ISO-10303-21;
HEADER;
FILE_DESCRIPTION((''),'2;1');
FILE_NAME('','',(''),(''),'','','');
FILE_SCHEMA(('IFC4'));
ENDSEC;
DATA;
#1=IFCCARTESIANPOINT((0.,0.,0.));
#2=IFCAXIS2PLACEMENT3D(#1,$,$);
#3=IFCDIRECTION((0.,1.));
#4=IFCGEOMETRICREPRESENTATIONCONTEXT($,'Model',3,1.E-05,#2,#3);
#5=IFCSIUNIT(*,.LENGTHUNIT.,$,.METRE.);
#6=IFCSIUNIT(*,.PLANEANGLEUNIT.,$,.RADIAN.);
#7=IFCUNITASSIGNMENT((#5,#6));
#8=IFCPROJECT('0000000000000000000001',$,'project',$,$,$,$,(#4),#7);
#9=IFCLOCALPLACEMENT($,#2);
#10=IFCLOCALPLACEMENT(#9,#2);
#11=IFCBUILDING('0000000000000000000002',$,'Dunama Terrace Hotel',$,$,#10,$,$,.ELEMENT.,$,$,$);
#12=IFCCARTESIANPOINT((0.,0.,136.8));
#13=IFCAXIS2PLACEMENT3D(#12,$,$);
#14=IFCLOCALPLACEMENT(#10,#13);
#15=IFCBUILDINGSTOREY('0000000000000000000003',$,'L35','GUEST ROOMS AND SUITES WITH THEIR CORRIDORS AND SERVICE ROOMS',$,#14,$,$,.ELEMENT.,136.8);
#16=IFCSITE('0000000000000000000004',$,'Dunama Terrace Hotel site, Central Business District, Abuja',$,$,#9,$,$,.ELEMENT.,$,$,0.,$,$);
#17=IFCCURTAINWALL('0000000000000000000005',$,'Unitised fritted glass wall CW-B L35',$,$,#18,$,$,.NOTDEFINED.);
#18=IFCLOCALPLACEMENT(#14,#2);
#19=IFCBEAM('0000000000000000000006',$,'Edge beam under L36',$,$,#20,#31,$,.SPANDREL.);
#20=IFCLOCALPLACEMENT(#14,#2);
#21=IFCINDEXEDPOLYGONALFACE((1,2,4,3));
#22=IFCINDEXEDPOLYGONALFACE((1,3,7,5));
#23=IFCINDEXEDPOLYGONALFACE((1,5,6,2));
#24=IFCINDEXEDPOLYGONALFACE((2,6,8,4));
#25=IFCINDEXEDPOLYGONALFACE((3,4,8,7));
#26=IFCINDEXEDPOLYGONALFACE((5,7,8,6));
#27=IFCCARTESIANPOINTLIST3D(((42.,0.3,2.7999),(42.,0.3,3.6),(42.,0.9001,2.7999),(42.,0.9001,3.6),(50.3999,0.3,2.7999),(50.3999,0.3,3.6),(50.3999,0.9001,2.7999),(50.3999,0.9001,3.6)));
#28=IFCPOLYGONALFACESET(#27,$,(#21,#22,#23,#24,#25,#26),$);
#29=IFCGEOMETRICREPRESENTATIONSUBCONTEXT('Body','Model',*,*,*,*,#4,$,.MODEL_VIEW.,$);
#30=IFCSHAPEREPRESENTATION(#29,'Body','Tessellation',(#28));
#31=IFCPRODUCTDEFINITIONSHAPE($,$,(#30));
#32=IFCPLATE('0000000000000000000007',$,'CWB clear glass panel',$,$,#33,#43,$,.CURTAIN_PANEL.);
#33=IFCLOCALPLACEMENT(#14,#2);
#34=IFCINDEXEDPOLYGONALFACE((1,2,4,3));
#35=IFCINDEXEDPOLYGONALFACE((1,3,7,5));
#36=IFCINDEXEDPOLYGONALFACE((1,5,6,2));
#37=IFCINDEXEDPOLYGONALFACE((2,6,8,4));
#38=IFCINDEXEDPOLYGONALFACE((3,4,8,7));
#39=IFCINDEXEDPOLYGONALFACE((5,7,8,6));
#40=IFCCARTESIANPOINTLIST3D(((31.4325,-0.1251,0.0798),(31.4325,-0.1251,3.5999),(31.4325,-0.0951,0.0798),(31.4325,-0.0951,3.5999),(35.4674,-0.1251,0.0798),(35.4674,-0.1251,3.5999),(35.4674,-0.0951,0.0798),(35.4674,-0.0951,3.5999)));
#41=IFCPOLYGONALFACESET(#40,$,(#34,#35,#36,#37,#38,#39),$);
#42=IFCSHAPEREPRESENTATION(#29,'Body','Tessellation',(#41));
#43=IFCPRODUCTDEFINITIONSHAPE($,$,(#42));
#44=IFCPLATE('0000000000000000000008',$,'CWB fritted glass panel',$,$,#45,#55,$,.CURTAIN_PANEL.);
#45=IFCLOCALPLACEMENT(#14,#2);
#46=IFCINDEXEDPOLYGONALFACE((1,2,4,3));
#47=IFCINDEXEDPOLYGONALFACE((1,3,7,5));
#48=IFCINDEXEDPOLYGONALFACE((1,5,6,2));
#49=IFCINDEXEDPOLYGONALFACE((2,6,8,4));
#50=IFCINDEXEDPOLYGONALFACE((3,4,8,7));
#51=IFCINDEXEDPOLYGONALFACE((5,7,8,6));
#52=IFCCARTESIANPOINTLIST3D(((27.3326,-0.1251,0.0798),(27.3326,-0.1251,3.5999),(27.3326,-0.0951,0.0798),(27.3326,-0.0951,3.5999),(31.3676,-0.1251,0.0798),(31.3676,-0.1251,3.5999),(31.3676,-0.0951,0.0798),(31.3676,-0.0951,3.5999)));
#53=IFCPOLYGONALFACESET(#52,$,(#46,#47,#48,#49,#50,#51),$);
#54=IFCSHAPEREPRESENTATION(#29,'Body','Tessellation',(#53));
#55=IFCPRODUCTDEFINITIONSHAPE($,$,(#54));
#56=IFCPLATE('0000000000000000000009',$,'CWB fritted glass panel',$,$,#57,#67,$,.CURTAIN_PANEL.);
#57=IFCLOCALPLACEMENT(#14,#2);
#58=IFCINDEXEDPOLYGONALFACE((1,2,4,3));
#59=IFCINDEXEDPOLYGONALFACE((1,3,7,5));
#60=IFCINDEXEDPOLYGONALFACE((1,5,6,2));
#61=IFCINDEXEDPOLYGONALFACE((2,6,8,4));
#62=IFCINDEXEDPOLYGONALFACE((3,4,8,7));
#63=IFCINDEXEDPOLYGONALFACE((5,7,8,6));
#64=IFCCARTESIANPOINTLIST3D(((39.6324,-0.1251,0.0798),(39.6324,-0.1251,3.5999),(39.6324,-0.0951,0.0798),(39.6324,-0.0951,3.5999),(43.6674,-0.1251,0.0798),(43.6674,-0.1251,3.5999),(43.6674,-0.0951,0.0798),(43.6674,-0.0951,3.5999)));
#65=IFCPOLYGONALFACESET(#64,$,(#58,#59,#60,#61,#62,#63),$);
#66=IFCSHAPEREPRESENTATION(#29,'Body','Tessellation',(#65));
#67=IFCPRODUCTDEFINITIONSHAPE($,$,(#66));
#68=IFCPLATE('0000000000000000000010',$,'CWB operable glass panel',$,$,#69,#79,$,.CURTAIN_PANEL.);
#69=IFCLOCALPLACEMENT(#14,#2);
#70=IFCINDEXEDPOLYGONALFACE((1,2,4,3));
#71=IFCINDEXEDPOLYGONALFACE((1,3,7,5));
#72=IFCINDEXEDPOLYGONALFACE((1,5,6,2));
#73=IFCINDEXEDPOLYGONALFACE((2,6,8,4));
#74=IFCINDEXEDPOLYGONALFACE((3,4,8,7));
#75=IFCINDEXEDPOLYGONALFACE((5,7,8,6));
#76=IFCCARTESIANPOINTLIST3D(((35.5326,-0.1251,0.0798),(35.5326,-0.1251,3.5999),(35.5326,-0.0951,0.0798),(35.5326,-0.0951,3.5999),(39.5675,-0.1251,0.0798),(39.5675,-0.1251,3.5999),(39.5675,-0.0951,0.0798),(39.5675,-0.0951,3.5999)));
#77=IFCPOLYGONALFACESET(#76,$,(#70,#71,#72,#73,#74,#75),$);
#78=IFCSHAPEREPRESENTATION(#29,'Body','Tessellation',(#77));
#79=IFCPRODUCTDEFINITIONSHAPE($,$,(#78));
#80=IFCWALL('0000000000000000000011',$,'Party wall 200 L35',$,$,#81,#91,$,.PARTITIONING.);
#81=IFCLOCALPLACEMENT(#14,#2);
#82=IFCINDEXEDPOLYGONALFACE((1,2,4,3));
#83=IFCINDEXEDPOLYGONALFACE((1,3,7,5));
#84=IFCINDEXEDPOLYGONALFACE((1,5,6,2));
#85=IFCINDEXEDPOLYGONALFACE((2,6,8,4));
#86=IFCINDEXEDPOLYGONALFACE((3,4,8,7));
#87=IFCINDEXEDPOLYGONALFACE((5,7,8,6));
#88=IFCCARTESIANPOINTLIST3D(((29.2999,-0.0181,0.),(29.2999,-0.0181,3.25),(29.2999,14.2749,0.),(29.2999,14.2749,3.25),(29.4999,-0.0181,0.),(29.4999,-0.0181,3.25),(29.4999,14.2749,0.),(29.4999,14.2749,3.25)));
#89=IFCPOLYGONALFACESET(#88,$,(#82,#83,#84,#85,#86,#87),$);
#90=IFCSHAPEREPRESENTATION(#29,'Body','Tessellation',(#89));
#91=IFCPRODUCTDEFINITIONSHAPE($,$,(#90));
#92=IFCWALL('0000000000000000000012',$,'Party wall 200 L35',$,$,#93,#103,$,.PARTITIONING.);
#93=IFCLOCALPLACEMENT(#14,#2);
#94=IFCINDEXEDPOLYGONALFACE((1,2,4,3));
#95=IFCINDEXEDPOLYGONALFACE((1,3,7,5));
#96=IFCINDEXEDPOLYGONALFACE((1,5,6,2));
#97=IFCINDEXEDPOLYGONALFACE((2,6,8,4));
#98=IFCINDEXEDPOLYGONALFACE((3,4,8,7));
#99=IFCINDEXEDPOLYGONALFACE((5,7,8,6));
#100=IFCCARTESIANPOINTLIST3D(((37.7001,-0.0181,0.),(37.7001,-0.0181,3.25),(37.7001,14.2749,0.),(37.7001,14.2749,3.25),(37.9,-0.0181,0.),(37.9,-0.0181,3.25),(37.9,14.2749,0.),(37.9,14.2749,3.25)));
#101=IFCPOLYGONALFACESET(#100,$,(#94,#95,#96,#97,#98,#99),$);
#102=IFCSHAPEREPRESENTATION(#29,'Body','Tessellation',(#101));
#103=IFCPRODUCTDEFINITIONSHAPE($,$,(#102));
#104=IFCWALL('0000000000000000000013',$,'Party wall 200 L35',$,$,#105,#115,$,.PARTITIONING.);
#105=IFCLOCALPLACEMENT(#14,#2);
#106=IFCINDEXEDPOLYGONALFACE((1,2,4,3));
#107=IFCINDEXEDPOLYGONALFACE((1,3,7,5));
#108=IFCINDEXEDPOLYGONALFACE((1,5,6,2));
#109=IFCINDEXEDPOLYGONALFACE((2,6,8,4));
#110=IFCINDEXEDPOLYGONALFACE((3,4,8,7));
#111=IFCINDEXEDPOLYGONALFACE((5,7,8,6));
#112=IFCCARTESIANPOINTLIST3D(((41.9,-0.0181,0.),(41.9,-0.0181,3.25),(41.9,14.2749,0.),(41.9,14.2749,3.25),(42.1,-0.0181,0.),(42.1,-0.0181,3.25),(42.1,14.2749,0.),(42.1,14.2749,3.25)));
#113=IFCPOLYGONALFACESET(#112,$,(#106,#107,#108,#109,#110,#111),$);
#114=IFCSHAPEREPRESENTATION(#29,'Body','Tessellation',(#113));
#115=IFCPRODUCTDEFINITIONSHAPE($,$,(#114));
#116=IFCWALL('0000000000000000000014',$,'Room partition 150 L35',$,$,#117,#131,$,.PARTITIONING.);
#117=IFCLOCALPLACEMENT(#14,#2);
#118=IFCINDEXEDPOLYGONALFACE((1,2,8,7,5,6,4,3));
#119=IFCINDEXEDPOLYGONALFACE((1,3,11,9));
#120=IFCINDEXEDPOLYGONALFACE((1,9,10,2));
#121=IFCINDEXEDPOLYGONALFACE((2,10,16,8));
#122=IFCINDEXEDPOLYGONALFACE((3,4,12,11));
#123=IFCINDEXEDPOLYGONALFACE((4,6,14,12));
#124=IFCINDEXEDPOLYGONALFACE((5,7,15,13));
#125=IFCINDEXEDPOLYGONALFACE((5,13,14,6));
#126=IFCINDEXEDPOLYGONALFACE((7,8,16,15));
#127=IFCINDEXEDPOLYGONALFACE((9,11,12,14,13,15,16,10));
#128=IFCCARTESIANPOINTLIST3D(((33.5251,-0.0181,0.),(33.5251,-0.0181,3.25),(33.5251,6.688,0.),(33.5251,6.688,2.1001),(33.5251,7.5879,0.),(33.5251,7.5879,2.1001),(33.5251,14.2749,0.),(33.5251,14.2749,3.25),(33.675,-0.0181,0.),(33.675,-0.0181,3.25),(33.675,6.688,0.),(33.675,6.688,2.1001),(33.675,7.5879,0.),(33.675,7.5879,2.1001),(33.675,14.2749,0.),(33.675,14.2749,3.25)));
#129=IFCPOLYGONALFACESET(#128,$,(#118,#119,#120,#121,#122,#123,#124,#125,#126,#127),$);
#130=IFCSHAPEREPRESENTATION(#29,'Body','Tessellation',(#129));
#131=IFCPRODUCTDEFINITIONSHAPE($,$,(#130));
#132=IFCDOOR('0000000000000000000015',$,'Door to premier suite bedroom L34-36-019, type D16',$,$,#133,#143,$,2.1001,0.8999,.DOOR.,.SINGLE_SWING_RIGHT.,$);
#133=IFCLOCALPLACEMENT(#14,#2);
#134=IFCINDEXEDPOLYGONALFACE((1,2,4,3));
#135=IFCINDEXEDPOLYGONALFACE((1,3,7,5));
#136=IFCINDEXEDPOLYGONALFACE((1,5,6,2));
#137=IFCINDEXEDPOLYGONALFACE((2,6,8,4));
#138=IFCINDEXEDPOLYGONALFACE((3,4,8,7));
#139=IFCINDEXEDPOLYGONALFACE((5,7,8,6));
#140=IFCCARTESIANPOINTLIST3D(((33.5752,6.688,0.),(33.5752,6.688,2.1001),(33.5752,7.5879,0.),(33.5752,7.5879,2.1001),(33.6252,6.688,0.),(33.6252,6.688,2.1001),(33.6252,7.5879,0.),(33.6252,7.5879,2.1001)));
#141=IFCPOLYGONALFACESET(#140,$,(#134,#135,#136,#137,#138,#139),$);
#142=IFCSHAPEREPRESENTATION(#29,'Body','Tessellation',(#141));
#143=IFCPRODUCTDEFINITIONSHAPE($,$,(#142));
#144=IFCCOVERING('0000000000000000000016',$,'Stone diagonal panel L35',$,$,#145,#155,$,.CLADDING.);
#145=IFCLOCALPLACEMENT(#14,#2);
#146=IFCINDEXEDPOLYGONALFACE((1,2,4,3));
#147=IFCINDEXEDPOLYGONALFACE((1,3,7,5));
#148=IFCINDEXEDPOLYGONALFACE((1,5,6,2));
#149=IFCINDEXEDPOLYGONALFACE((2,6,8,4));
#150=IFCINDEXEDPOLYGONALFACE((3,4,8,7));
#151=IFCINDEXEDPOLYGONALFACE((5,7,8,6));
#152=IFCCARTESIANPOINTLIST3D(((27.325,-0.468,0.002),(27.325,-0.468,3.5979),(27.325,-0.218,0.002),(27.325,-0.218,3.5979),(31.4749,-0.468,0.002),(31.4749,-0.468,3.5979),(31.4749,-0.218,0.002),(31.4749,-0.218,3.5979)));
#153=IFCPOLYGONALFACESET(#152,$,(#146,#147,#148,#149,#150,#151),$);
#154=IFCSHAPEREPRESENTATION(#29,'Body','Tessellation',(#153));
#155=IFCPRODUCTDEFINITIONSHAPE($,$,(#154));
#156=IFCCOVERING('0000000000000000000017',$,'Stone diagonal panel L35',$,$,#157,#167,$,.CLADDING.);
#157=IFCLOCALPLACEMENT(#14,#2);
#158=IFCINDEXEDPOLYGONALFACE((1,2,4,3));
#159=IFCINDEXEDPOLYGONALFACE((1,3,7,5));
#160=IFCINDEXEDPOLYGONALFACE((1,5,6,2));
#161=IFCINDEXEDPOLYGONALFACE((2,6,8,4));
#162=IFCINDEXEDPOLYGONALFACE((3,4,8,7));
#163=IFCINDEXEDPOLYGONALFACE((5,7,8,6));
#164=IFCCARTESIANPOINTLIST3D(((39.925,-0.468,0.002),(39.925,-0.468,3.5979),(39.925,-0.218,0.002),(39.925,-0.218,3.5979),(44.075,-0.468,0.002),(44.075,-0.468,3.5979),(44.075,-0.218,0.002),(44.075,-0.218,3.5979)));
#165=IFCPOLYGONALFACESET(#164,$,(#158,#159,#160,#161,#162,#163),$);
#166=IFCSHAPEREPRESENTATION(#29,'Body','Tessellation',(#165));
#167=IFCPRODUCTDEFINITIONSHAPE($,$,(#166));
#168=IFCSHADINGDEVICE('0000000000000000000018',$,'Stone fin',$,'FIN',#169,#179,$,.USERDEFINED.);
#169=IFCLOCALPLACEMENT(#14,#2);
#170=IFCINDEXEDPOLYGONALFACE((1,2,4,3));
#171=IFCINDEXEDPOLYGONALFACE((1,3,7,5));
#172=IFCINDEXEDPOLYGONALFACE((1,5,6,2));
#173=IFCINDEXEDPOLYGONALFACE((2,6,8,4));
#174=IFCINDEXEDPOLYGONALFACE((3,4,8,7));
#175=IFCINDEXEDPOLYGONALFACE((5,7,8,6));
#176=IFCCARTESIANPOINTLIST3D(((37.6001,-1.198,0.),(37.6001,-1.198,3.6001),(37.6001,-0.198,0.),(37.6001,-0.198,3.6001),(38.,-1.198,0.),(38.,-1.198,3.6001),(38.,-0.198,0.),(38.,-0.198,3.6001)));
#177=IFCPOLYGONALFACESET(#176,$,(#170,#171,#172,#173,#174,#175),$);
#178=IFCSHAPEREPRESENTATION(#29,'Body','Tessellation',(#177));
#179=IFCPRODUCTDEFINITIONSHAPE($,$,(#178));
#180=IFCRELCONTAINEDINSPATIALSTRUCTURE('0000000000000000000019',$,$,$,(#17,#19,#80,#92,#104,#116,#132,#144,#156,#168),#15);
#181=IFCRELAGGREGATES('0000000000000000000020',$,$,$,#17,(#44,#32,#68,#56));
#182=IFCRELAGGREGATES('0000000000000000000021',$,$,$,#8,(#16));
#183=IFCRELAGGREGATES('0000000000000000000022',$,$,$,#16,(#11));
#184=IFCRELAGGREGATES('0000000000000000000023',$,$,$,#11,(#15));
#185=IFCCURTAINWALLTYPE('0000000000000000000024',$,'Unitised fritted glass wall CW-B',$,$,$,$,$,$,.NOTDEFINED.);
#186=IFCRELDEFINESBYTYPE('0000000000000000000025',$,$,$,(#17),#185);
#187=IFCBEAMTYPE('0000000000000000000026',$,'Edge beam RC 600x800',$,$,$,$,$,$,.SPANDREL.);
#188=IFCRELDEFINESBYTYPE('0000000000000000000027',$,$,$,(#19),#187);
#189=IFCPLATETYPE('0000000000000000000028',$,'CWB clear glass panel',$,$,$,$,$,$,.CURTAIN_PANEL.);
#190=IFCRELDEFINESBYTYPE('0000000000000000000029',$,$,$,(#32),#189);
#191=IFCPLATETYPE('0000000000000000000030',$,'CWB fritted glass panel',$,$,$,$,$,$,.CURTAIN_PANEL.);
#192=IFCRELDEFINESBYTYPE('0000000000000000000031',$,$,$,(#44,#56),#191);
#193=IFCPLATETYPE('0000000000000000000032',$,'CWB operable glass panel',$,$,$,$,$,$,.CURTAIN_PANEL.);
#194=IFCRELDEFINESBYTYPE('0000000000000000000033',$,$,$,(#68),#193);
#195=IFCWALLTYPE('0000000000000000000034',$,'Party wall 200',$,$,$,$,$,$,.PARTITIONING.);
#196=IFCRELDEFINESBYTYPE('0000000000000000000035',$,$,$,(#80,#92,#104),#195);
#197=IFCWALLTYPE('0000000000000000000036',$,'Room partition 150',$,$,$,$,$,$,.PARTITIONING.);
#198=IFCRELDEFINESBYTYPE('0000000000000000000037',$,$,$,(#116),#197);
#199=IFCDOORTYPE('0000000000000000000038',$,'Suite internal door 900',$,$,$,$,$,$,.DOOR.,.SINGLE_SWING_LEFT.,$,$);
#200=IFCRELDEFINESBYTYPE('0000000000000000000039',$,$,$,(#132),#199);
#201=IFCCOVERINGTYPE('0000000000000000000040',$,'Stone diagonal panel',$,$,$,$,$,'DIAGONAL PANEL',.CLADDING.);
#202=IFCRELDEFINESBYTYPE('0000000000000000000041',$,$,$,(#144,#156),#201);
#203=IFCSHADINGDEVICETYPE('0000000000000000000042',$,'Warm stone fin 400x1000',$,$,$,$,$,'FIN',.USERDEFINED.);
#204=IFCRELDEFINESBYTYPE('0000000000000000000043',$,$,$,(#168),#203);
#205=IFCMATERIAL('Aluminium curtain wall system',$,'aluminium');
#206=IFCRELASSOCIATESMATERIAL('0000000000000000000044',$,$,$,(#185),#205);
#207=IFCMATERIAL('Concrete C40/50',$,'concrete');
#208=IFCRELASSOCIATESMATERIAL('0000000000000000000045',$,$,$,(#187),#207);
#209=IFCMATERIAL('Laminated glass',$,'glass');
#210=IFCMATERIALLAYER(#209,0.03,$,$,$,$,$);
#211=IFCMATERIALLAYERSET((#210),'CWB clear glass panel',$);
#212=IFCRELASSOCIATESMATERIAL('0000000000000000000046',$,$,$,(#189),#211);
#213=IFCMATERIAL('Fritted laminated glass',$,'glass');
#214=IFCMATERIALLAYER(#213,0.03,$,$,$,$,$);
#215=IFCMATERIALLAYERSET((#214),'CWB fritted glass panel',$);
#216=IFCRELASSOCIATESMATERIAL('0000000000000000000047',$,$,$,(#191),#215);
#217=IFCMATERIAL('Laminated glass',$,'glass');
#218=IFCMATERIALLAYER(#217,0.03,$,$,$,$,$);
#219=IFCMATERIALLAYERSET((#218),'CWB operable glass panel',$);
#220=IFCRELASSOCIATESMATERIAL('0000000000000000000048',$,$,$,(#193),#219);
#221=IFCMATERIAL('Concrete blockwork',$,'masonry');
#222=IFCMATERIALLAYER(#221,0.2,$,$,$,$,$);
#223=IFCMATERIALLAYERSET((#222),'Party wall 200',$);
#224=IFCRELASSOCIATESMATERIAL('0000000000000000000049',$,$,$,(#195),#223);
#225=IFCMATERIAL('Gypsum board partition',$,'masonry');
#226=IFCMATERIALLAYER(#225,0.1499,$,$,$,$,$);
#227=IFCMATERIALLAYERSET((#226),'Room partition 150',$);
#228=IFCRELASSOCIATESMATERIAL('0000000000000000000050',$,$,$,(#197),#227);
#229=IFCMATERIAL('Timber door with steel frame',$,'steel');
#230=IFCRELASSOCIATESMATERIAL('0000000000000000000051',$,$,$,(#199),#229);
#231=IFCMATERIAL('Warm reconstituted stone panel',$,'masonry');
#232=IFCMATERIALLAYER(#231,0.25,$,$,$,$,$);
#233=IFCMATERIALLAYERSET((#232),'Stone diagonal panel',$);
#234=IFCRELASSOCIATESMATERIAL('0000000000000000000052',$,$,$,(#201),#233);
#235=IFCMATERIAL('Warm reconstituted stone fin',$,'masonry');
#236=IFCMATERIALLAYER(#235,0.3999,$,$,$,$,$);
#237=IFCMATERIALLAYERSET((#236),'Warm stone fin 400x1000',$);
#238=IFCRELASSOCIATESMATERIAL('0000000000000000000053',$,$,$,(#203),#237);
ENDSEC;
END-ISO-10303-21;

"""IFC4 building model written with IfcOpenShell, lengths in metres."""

from ifc_helpers import new_model, si_unit, direction, frame, frame_2d, origin, origin_2d, place, context, subcontext, project, spatial, rectangle, extrude, material, layer, layer_set, material_profile, profile_set, type_object, element, fill, aggregate, save


model = new_model("IFC4")

# Units and contexts
model_context = context("Model", 3, precision=1e-05, world=origin(), true_north=direction((0.0, 1.0)))
body_context = subcontext(model_context, "Body", "Model", "MODEL_VIEW")
ifc_project = project(units=[si_unit("LENGTHUNIT", "METRE"), si_unit("PLANEANGLEUNIT", "RADIAN")], contexts=[model_context])

# Site, building, storey
site_placement = place(None, origin())
site = spatial("IfcSite", under=ifc_project, at=site_placement, Name="Dunama Terrace Hotel site, Central Business District, Abuja", CompositionType="ELEMENT", RefElevation=0.0)
building_placement = place(site_placement, origin())
building = spatial("IfcBuilding", under=site, at=building_placement, Name="Dunama Terrace Hotel", CompositionType="ELEMENT")
storey_placement = place(building_placement, frame((0.0, 0.0, 136.8)))
storey = spatial("IfcBuildingStorey", under=building, at=storey_placement, Name="L35", Description="GUEST ROOMS AND SUITES WITH THEIR CORRIDORS AND SERVICE ROOMS", CompositionType="ELEMENT", Elevation=136.8)

# Curtain wall
ifc_material_1 = material(Name="Aluminium curtain wall system", Category="aluminium")
curtain_wall_type = type_object("IfcCurtainWallType", Name="Unitised fritted glass wall CW-B", PredefinedType="NOTDEFINED", material=ifc_material_1)
curtain_wall_placement = place(storey_placement, origin())
curtain_wall = element("IfcCurtainWall", 1, at=curtain_wall_placement, inside=storey, type_object=curtain_wall_type, Name="Unitised fritted glass wall CW-B L35", PredefinedType="NOTDEFINED")

# Beam
ifc_material_2 = material(Name="Concrete C40/50", Category="concrete")
ifc_material_profile_1 = material_profile(ifc_material_2, rectangle(XDim=0.6001, YDim=0.8, at=origin_2d()), Name="RC 600x800")
ifc_profile_set_1 = profile_set([ifc_material_profile_1], Name="Concrete C40/50")
beam_type = type_object("IfcBeamType", Name="Edge beam RC 600x800", PredefinedType="SPANDREL", material=ifc_profile_set_1)
for number, where, z_axis, x_axis, name in (
    (2, (42.0, 0.6001, 3.2), (1.0, 0.0, 0.0), (0.0, 1.0, 0.0), "Edge beam under L36"),
):
    element("IfcBeam", number, at=place(storey_placement, frame(where, z_axis=z_axis, x_axis=x_axis)), inside=storey, type_object=beam_type, Name=name, PredefinedType="SPANDREL", context=body_context, shape_type="SweptSolid", body=[
        extrude(rectangle(XDim=0.6001, YDim=0.8, at=origin_2d()), origin(), (0.0, 0.0, 1.0), 8.3999),
    ])

# Plates
ifc_material_3 = material(Name="Laminated glass", Category="glass")
ifc_layer_1 = layer(ifc_material_3, 0.03)
ifc_layer_set_1 = layer_set([ifc_layer_1], Name="CWB clear glass panel")
plate_type_1 = type_object("IfcPlateType", Name="CWB clear glass panel", PredefinedType="CURTAIN_PANEL", material=ifc_layer_set_1)
plate_1_placement = place(storey_placement, frame((33.45, -0.1101, 0.0798), z_axis=(0.0, 0.0, 1.0), x_axis=(1.0, 0.0, 0.0)))
plate_1 = element("IfcPlate", 3, at=plate_1_placement, type_object=plate_type_1, Name="CWB clear glass panel", PredefinedType="CURTAIN_PANEL", context=body_context, shape_type="SweptSolid", body=[
    extrude(rectangle(XDim=4.0349, YDim=0.03, at=origin_2d()), origin(), (0.0, 0.0, 1.0), 3.52),
])
ifc_material_4 = material(Name="Fritted laminated glass", Category="glass")
ifc_layer_2 = layer(ifc_material_4, 0.03)
ifc_layer_set_2 = layer_set([ifc_layer_2], Name="CWB fritted glass panel")
plate_type_2 = type_object("IfcPlateType", Name="CWB fritted glass panel", PredefinedType="CURTAIN_PANEL", material=ifc_layer_set_2)
plate_2_placement = place(storey_placement, frame((29.3501, -0.1101, 0.0798), z_axis=(0.0, 0.0, 1.0), x_axis=(1.0, 0.0, 0.0)))
plate_2 = element("IfcPlate", 4, at=plate_2_placement, type_object=plate_type_2, Name="CWB fritted glass panel", PredefinedType="CURTAIN_PANEL", context=body_context, shape_type="SweptSolid", body=[
    extrude(rectangle(XDim=4.0349, YDim=0.03, at=origin_2d()), origin(), (0.0, 0.0, 1.0), 3.52),
])
plate_3_placement = place(storey_placement, frame((41.6499, -0.1101, 0.0798), z_axis=(0.0, 0.0, 1.0), x_axis=(1.0, 0.0, 0.0)))
plate_3 = element("IfcPlate", 5, at=plate_3_placement, type_object=plate_type_2, Name="CWB fritted glass panel", PredefinedType="CURTAIN_PANEL", context=body_context, shape_type="SweptSolid", body=[
    extrude(rectangle(XDim=4.0349, YDim=0.03, at=origin_2d()), origin(), (0.0, 0.0, 1.0), 3.52),
])
ifc_material_5 = material(Name="Laminated glass", Category="glass")
ifc_layer_3 = layer(ifc_material_5, 0.03)
ifc_layer_set_3 = layer_set([ifc_layer_3], Name="CWB operable glass panel")
plate_type_3 = type_object("IfcPlateType", Name="CWB operable glass panel", PredefinedType="CURTAIN_PANEL", material=ifc_layer_set_3)
plate_4_placement = place(storey_placement, frame((37.55, -0.1101, 0.0798), z_axis=(0.0, 0.0, 1.0), x_axis=(1.0, 0.0, 0.0)))
plate_4 = element("IfcPlate", 6, at=plate_4_placement, type_object=plate_type_3, Name="CWB operable glass panel", PredefinedType="CURTAIN_PANEL", context=body_context, shape_type="SweptSolid", body=[
    extrude(rectangle(XDim=4.0349, YDim=0.03, at=origin_2d()), origin(), (0.0, 0.0, 1.0), 3.52),
])
aggregate(curtain_wall, [plate_2, plate_1, plate_4, plate_3])

# Walls
ifc_material_6 = material(Name="Concrete blockwork", Category="masonry")
ifc_layer_4 = layer(ifc_material_6, 0.2)
ifc_layer_set_4 = layer_set([ifc_layer_4], Name="Party wall 200")
wall_type_1 = type_object("IfcWallType", Name="Party wall 200", PredefinedType="PARTITIONING", material=ifc_layer_set_4)
for number, where, z_axis, x_axis, name in (
    (7, (29.3999, -0.0181, 0.0), (0.0, 0.0, 1.0), (0.0, 1.0, 0.0), "Party wall 200 L35"),
    (8, (37.8, -0.0181, 0.0), (0.0, 0.0, 1.0), (0.0, 1.0, 0.0), "Party wall 200 L35"),
    (9, (42.0, -0.0181, 0.0), (0.0, 0.0, 1.0), (0.0, 1.0, 0.0), "Party wall 200 L35"),
):
    element("IfcWall", number, at=place(storey_placement, frame(where, z_axis=z_axis, x_axis=x_axis)), inside=storey, type_object=wall_type_1, Name=name, PredefinedType="PARTITIONING", context=body_context, shape_type="SweptSolid", body=[
        extrude(rectangle(XDim=14.293, YDim=0.2, at=frame_2d((7.1465, 0.0))), origin(), (0.0, 0.0, 1.0), 3.25),
    ])

# Wall, opening, door
ifc_material_7 = material(Name="Gypsum board partition", Category="masonry")
ifc_layer_5 = layer(ifc_material_7, 0.1499)
ifc_layer_set_5 = layer_set([ifc_layer_5], Name="Room partition 150")
wall_type_2 = type_object("IfcWallType", Name="Room partition 150", PredefinedType="PARTITIONING", material=ifc_layer_set_5)
wall_placement = place(storey_placement, frame((33.6001, -0.0181, 0.0), z_axis=(0.0, 0.0, 1.0), x_axis=(0.0, 1.0, 0.0)))
wall = element("IfcWall", 10, at=wall_placement, inside=storey, type_object=wall_type_2, Name="Room partition 150 L35", PredefinedType="PARTITIONING", context=body_context, shape_type="SweptSolid", body=[
    extrude(rectangle(XDim=14.293, YDim=0.1499, at=frame_2d((7.1465, 0.0))), origin(), (0.0, 0.0, 1.0), 3.25),
])
opening_placement = place(wall_placement, frame((6.7061, 0.0, 0.0)))
opening = element("IfcOpeningElement", 11, at=opening_placement, cuts=wall, PredefinedType="OPENING", context=body_context, shape_type="SweptSolid", body=[
    extrude(rectangle(XDim=0.8999, YDim=2.1001, at=frame_2d((0.45, 1.05))), frame((0.0, 0.085, 0.0), z_axis=(0.0, -1.0, 0.0), x_axis=(1.0, 0.0, 0.0)), (0.0, 0.0, 1.0), 0.1699),
])
ifc_material_8 = material(Name="Timber door with steel frame", Category="steel")
door_type = type_object("IfcDoorType", Name="Suite internal door 900", OperationType="SINGLE_SWING_LEFT", PredefinedType="DOOR", material=ifc_material_8)
door_placement = place(opening_placement, frame((0.8999, 0.0, 0.0), z_axis=(0.0, 0.0, 1.0), x_axis=(-1.0, 0.0, 0.0)))
door = element("IfcDoor", 12, at=door_placement, inside=storey, type_object=door_type, Name="Door to premier suite bedroom L34-36-019, type D16", OperationType="SINGLE_SWING_RIGHT", OverallHeight=2.1001, OverallWidth=0.8999, PredefinedType="DOOR", context=body_context, shape_type="SweptSolid", body=[
    extrude(rectangle(XDim=0.8999, YDim=2.1001, at=frame_2d((0.45, 1.05))), frame((0.0, 0.0251, 0.0), z_axis=(0.0, -1.0, 0.0), x_axis=(1.0, 0.0, 0.0)), (0.0, 0.0, 1.0), 0.05),
])
fill(opening, door)

# Coverings
ifc_material_9 = material(Name="Warm reconstituted stone panel", Category="masonry")
ifc_layer_6 = layer(ifc_material_9, 0.25)
ifc_layer_set_6 = layer_set([ifc_layer_6], Name="Stone diagonal panel")
covering_type = type_object("IfcCoveringType", Name="Stone diagonal panel", ElementType="DIAGONAL PANEL", PredefinedType="CLADDING", material=ifc_layer_set_6)
for number, where, z_axis, x_axis, name in (
    (13, (29.3999, -0.343, 0.002), (0.0, 0.0, 1.0), (1.0, 0.0, 0.0), "Stone diagonal panel L35"),
    (14, (42.0, -0.343, 0.002), (0.0, 0.0, 1.0), (1.0, 0.0, 0.0), "Stone diagonal panel L35"),
):
    element("IfcCovering", number, at=place(storey_placement, frame(where, z_axis=z_axis, x_axis=x_axis)), inside=storey, type_object=covering_type, Name=name, PredefinedType="CLADDING", context=body_context, shape_type="SweptSolid", body=[
        extrude(rectangle(XDim=4.1499, YDim=0.25, at=origin_2d()), origin(), (0.0, 0.0, 1.0), 3.5959),
    ])

# Shading device
ifc_material_10 = material(Name="Warm reconstituted stone fin", Category="masonry")
ifc_layer_7 = layer(ifc_material_10, 0.3999)
ifc_layer_set_7 = layer_set([ifc_layer_7], Name="Warm stone fin 400x1000")
shading_device_type = type_object("IfcShadingDeviceType", Name="Warm stone fin 400x1000", ElementType="FIN", PredefinedType="USERDEFINED", material=ifc_layer_set_7)
shading_device_placement = place(storey_placement, frame((37.8, -0.698, 0.0), z_axis=(0.0, 0.0, 1.0), x_axis=(1.0, 0.0, 0.0)))
element("IfcShadingDevice", 15, at=shading_device_placement, inside=storey, type_object=shading_device_type, Name="Stone fin", ObjectType="FIN", PredefinedType="USERDEFINED", context=body_context, shape_type="SweptSolid", body=[
    extrude(rectangle(XDim=0.3999, YDim=1.0, at=origin_2d()), origin(), (0.0, 0.0, 1.0), 3.6001),
])

save(model, "model.ifc")
